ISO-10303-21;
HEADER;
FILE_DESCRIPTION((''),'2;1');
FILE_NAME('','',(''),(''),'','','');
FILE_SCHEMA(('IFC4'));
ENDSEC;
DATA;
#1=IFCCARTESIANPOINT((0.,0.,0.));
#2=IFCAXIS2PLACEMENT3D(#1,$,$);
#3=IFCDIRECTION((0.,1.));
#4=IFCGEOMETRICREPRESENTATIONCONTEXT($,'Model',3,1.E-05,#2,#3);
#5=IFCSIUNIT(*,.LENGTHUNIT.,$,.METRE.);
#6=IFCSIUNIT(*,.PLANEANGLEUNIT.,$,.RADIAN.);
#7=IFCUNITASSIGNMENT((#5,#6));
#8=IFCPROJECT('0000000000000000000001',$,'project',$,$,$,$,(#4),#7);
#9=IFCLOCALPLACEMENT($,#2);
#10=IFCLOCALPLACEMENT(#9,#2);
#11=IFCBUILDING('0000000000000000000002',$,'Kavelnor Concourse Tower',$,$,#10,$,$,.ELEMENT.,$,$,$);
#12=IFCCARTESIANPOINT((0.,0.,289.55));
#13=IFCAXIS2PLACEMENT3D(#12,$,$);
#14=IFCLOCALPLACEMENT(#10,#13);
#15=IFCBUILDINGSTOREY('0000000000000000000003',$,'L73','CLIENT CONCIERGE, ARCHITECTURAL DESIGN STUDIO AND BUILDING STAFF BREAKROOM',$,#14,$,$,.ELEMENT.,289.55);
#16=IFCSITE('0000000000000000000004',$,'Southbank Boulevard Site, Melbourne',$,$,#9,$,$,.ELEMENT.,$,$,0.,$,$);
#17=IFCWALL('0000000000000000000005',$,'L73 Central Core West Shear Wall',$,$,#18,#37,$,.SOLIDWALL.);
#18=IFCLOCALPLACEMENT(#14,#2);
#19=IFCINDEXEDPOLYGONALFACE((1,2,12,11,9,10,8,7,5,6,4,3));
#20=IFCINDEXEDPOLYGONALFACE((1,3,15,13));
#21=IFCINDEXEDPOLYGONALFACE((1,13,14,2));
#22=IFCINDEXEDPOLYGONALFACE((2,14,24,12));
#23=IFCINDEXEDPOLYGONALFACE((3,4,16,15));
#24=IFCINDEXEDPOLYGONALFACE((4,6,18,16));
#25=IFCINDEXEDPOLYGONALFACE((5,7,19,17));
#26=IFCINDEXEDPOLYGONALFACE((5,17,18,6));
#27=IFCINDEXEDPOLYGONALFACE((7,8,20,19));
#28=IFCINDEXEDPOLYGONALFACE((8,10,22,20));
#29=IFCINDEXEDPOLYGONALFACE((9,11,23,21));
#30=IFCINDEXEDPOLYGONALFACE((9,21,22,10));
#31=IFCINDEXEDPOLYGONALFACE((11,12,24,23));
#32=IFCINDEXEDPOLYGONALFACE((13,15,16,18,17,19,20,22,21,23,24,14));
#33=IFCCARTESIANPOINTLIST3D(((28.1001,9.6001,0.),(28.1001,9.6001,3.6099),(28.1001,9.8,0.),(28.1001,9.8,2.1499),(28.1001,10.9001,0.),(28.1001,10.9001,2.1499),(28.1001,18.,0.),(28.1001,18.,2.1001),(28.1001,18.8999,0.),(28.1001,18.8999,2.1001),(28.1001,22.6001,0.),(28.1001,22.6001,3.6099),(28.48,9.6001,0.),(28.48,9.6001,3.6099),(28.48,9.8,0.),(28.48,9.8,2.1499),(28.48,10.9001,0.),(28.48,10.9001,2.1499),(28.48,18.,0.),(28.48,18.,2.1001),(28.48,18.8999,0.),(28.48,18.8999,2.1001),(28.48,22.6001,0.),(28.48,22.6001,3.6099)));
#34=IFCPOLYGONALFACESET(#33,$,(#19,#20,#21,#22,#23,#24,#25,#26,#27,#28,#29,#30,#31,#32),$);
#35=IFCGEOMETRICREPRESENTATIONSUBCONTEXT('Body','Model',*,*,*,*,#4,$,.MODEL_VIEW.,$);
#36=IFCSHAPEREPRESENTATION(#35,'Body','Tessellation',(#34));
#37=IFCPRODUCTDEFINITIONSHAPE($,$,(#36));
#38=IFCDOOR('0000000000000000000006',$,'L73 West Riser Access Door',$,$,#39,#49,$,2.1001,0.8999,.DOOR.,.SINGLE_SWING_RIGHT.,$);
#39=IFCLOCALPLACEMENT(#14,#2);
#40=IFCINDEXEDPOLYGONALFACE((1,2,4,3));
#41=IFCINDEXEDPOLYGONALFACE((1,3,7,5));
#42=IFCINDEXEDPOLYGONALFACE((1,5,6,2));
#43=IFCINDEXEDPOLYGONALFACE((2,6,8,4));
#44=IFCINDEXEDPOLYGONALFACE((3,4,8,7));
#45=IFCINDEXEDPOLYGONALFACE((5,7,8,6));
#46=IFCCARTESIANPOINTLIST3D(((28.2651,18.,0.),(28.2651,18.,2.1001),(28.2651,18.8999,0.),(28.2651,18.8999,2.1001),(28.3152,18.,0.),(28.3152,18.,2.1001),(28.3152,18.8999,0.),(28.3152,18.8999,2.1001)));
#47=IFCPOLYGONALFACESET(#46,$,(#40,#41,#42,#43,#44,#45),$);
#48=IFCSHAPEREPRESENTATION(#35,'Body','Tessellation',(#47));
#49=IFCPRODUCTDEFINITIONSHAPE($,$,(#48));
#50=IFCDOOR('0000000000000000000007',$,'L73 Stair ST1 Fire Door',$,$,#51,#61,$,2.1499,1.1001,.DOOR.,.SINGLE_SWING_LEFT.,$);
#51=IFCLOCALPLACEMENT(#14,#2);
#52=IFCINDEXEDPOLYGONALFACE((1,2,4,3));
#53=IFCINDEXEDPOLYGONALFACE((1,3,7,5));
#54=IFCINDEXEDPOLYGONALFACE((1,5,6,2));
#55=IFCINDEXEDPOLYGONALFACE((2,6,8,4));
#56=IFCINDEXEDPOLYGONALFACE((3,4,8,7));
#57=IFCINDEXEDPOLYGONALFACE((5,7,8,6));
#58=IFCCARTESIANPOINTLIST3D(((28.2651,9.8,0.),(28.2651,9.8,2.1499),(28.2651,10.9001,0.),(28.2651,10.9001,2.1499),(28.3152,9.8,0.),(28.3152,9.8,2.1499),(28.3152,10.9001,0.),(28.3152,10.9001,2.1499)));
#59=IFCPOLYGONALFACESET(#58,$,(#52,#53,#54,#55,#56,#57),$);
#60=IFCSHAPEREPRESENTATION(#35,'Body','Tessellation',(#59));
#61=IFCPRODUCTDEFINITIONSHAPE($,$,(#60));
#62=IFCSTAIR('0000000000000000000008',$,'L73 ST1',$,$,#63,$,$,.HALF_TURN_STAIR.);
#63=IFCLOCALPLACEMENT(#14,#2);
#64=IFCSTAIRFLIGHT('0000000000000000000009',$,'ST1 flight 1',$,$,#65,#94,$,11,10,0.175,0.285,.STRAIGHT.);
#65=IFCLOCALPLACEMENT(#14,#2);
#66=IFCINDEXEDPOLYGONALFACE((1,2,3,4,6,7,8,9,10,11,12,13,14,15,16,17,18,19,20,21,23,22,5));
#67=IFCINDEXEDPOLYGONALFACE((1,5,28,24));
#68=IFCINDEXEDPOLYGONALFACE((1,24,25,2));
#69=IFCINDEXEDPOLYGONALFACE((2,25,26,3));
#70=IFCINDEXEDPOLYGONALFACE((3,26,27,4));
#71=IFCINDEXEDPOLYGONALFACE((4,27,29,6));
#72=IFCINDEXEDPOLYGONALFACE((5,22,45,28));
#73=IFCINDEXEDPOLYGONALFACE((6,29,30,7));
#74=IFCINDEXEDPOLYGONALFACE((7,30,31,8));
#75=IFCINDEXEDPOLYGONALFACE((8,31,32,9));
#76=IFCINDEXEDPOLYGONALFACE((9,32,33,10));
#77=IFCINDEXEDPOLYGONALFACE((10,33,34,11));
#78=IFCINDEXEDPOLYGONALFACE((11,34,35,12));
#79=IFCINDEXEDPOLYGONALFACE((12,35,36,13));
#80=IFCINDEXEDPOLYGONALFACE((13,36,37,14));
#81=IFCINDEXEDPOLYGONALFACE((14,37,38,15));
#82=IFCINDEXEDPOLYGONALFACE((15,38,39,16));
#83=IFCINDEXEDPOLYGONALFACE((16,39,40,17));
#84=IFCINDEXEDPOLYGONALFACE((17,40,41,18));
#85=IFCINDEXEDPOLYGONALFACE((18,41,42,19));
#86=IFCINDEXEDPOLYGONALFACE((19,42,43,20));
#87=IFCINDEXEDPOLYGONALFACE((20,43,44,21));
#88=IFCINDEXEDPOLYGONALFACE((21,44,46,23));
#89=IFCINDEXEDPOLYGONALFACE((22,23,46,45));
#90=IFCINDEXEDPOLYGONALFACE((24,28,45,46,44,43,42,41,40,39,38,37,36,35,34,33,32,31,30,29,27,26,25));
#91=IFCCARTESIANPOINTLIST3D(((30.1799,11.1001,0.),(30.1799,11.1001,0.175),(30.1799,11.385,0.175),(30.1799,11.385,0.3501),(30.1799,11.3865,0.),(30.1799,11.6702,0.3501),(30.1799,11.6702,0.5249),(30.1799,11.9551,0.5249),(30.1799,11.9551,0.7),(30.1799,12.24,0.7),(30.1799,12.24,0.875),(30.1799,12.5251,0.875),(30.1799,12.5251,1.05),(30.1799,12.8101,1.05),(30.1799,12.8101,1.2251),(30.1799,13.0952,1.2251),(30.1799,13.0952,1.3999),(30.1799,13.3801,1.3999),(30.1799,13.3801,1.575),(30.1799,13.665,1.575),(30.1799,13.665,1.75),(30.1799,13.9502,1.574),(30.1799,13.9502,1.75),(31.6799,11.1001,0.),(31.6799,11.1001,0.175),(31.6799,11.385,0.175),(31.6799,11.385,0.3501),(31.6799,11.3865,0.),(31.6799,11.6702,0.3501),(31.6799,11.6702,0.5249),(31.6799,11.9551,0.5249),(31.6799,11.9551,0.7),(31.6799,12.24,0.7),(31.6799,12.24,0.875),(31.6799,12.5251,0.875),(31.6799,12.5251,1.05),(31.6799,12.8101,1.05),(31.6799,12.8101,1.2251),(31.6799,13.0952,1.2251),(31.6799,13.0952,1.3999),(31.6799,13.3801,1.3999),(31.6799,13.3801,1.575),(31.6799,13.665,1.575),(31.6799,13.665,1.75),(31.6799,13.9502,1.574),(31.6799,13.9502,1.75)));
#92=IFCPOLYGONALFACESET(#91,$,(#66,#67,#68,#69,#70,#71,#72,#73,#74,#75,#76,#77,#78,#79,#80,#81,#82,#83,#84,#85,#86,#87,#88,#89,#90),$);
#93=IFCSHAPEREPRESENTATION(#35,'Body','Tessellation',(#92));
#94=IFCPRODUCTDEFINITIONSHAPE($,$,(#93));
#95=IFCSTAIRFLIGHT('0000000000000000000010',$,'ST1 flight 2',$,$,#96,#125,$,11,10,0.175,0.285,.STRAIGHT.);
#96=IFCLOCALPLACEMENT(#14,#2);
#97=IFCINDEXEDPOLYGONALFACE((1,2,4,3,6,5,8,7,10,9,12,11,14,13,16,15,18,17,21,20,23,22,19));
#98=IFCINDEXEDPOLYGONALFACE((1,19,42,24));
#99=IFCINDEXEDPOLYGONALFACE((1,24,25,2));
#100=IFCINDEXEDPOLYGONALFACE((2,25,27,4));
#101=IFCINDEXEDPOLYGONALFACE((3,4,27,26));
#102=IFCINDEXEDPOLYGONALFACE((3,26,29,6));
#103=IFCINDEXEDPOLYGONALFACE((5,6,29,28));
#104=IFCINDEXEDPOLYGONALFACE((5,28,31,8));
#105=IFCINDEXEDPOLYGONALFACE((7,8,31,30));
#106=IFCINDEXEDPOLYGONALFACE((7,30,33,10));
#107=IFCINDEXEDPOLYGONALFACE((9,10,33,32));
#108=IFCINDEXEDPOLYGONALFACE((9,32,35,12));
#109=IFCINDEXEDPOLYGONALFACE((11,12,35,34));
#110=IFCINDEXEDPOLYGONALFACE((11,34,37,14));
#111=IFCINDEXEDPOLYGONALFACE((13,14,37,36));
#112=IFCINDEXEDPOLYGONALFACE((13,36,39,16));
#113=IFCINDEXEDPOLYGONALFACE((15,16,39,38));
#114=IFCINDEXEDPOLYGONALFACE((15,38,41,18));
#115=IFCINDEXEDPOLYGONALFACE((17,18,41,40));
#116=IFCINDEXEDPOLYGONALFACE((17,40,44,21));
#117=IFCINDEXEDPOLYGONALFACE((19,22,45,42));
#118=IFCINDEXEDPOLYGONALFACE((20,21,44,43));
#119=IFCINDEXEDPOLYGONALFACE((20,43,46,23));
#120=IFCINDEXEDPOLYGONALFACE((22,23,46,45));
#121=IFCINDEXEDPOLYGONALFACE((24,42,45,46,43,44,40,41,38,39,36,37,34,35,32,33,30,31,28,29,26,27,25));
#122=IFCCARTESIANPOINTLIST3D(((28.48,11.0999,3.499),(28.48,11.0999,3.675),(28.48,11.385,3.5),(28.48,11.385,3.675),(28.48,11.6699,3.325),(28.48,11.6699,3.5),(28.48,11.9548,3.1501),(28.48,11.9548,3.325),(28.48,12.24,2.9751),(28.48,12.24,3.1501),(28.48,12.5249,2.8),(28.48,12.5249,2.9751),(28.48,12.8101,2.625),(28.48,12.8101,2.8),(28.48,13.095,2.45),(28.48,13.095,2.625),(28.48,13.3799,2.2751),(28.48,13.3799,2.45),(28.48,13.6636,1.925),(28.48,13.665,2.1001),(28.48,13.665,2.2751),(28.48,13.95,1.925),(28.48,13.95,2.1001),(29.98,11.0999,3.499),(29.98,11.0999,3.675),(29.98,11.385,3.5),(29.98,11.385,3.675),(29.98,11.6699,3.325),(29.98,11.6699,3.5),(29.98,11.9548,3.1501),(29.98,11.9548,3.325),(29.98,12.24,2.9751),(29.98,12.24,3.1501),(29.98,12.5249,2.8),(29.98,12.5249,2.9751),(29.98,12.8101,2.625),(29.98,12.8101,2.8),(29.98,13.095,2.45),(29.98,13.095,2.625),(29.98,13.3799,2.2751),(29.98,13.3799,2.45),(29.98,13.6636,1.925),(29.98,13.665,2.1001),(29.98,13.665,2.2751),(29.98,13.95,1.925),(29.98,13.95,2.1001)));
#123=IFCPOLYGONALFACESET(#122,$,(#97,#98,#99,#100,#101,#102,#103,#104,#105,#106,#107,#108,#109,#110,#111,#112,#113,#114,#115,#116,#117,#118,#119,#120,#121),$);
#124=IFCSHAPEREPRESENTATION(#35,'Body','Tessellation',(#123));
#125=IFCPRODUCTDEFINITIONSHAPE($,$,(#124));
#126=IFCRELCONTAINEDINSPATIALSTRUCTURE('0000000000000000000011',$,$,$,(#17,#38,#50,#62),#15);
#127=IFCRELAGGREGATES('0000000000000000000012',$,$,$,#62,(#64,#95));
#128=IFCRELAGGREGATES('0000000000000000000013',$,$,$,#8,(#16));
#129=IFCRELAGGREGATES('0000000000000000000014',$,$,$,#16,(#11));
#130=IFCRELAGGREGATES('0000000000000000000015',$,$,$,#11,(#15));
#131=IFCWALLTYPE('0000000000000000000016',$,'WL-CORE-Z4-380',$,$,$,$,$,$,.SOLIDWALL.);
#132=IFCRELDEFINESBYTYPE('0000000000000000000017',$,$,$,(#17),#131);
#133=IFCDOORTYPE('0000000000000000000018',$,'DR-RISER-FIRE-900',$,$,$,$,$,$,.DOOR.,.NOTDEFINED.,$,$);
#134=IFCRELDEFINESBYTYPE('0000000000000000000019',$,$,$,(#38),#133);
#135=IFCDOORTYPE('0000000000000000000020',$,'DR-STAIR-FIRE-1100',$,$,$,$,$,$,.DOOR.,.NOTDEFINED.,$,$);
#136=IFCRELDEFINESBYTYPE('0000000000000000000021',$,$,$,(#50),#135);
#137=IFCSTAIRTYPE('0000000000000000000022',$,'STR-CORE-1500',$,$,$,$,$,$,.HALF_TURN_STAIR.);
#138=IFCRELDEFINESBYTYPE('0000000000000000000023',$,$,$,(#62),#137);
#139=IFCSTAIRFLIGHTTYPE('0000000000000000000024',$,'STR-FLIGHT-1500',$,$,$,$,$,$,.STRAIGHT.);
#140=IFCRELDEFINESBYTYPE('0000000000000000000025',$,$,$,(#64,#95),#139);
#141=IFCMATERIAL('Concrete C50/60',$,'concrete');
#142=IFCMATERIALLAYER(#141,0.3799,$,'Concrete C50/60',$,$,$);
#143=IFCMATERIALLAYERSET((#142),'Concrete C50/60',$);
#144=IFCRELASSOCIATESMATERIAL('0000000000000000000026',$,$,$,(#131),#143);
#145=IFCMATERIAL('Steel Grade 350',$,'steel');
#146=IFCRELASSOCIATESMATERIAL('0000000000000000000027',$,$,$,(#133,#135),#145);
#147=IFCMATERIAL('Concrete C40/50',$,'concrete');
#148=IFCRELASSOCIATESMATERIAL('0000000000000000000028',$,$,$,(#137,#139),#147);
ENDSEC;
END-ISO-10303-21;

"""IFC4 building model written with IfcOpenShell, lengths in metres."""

from ifc_helpers import new_model, si_unit, direction, frame, frame_2d, origin, place, context, subcontext, project, spatial, polyline, rectangle, outline, extrude, material, layer, layer_set, type_object, element, fill, aggregate, save


model = new_model("IFC4")

# Units and contexts
model_context = context("Model", 3, precision=1e-05, world=origin(), true_north=direction((0.0, 1.0)))
body_context = subcontext(model_context, "Body", "Model", "MODEL_VIEW")
ifc_project = project(units=[si_unit("LENGTHUNIT", "METRE"), si_unit("PLANEANGLEUNIT", "RADIAN")], contexts=[model_context])

# Site, building, storey
site_placement = place(None, origin())
site = spatial("IfcSite", under=ifc_project, at=site_placement, Name="Southbank Boulevard Site, Melbourne", CompositionType="ELEMENT", RefElevation=0.0)
building_placement = place(site_placement, origin())
building = spatial("IfcBuilding", under=site, at=building_placement, Name="Kavelnor Concourse Tower", CompositionType="ELEMENT")
storey_placement = place(building_placement, frame((0.0, 0.0, 289.55)))
storey = spatial("IfcBuildingStorey", under=building, at=storey_placement, Name="L73", Description="CLIENT CONCIERGE, ARCHITECTURAL DESIGN STUDIO AND BUILDING STAFF BREAKROOM", CompositionType="ELEMENT", Elevation=289.55)

# Shared definitions
ifc_material_1 = material(Name="Steel Grade 350", Category="steel")

# Shared definitions
ifc_material_2 = material(Name="Concrete C50/60", Category="concrete")
ifc_layer_1 = layer(ifc_material_2, 0.3799, Name="Concrete C50/60")
ifc_layer_set_1 = layer_set([ifc_layer_1], Name="Concrete C50/60")
wall_type = type_object("IfcWallType", Name="WL-CORE-Z4-380", PredefinedType="SOLIDWALL", material=ifc_layer_set_1)

# Wall, openings, doors
wall_1_placement = place(storey_placement, frame((28.29, 9.6001, 0.0), z_axis=(0.0, 0.0, 1.0), x_axis=(0.0, 1.0, 0.0)))
wall_1 = element("IfcWall", 1, at=wall_1_placement, inside=storey, type_object=wall_type, Name="L73 Central Core West Shear Wall", PredefinedType="SOLIDWALL", context=body_context, shape_type="SweptSolid", body=[
    extrude(rectangle(XDim=13.0, YDim=0.3799, at=frame_2d((6.5, 0.0))), origin(), (0.0, 0.0, 1.0), 3.6099),
])
opening_1_placement = place(wall_1_placement, frame((0.2, 0.0, 0.0)))
opening_1 = element("IfcOpeningElement", 2, at=opening_1_placement, cuts=wall_1, PredefinedType="OPENING", context=body_context, shape_type="SweptSolid", body=[
    extrude(rectangle(XDim=1.1001, YDim=2.1499, at=frame_2d((0.55, 1.075))), frame((0.0, 0.2, 0.0), z_axis=(0.0, -1.0, 0.0), x_axis=(1.0, 0.0, 0.0)), (0.0, 0.0, 1.0), 0.3999),
])
opening_2_placement = place(wall_1_placement, frame((8.3999, 0.0, 0.0)))
opening_2 = element("IfcOpeningElement", 3, at=opening_2_placement, cuts=wall_1, PredefinedType="OPENING", context=body_context, shape_type="SweptSolid", body=[
    extrude(rectangle(XDim=0.8999, YDim=2.1001, at=frame_2d((0.45, 1.05))), frame((0.0, 0.2, 0.0), z_axis=(0.0, -1.0, 0.0), x_axis=(1.0, 0.0, 0.0)), (0.0, 0.0, 1.0), 0.3999),
])
door_type_1 = type_object("IfcDoorType", Name="DR-RISER-FIRE-900", OperationType="NOTDEFINED", PredefinedType="DOOR", material=ifc_material_1)
door_1_placement = place(opening_2_placement, origin())
door_1 = element("IfcDoor", 4, at=door_1_placement, inside=storey, type_object=door_type_1, Name="L73 West Riser Access Door", OperationType="SINGLE_SWING_RIGHT", OverallHeight=2.1001, OverallWidth=0.8999, PredefinedType="DOOR", context=body_context, shape_type="SweptSolid", body=[
    extrude(rectangle(XDim=0.8999, YDim=2.1001, at=frame_2d((0.45, 1.05))), frame((0.0, 0.0249, 0.0), z_axis=(0.0, -1.0, 0.0), x_axis=(1.0, 0.0, 0.0)), (0.0, 0.0, 1.0), 0.05),
])
fill(opening_2, door_1)
door_type_2 = type_object("IfcDoorType", Name="DR-STAIR-FIRE-1100", OperationType="NOTDEFINED", PredefinedType="DOOR", material=ifc_material_1)
door_2_placement = place(opening_1_placement, origin())
door_2 = element("IfcDoor", 5, at=door_2_placement, inside=storey, type_object=door_type_2, Name="L73 Stair ST1 Fire Door", OperationType="SINGLE_SWING_LEFT", OverallHeight=2.1499, OverallWidth=1.1001, PredefinedType="DOOR", context=body_context, shape_type="SweptSolid", body=[
    extrude(rectangle(XDim=1.1001, YDim=2.1499, at=frame_2d((0.55, 1.075))), frame((0.0, 0.0249, 0.0), z_axis=(0.0, -1.0, 0.0), x_axis=(1.0, 0.0, 0.0)), (0.0, 0.0, 1.0), 0.05),
])
fill(opening_1, door_2)

# Stair, stair flights
ifc_material_3 = material(Name="Concrete C40/50", Category="concrete")
stair_type = type_object("IfcStairType", Name="STR-CORE-1500", PredefinedType="HALF_TURN_STAIR", material=ifc_material_3)
stair_placement = place(storey_placement, origin())
stair = element("IfcStair", 6, at=stair_placement, inside=storey, type_object=stair_type, Name="L73 ST1", PredefinedType="HALF_TURN_STAIR")
stair_flight_type = type_object("IfcStairFlightType", Name="STR-FLIGHT-1500", PredefinedType="STRAIGHT", material=ifc_material_3)
stair_flight_1_placement = place(storey_placement, frame((30.9299, 11.1001, 0.0), z_axis=(0.0, 0.0, 1.0), x_axis=(0.0, 1.0, 0.0)))
stair_flight_1 = element("IfcStairFlight", 7, at=stair_flight_1_placement, type_object=stair_flight_type, Name="ST1 flight 1", NumberOfRisers=11, NumberOfTreads=10, PredefinedType="STRAIGHT", RiserHeight=0.175, TreadLength=0.285, context=body_context, shape_type="SweptSolid", body=[
    extrude(outline(polyline([(0.0, 0.0), (0.0, 0.175), (0.2849, 0.175), (0.2849, 0.3501), (0.5701, 0.3501), (0.5701, 0.5249), (0.855, 0.5249), (0.855, 0.7), (1.1399, 0.7), (1.1399, 0.875), (1.425, 0.875), (1.425, 1.05), (1.71, 1.05), (1.71, 1.2251), (1.9951, 1.2251), (1.9951, 1.3999), (2.28, 1.3999), (2.28, 1.575), (2.5649, 1.575), (2.5649, 1.75), (2.8501, 1.75), (2.8501, 1.925), (2.8501, 1.574), (0.2864, 0.0), (0.0, 0.0)])), frame((0.0, 0.75, 0.0), z_axis=(0.0, -1.0, 0.0), x_axis=(1.0, 0.0, 0.0)), (0.0, 0.0, 1.0), 1.5),
])
stair_flight_2_placement = place(storey_placement, frame((29.23, 13.95, 1.925), z_axis=(0.0, 0.0, 1.0), x_axis=(0.0, -1.0, 0.0)))
stair_flight_2 = element("IfcStairFlight", 8, at=stair_flight_2_placement, type_object=stair_flight_type, Name="ST1 flight 2", NumberOfRisers=11, NumberOfTreads=10, PredefinedType="STRAIGHT", RiserHeight=0.175, TreadLength=0.285, context=body_context, shape_type="SweptSolid", body=[
    extrude(outline(polyline([(0.0, 0.0), (0.0, 0.175), (0.2849, 0.175), (0.2849, 0.3501), (0.5701, 0.3501), (0.5701, 0.5249), (0.855, 0.5249), (0.855, 0.7), (1.1399, 0.7), (1.1399, 0.875), (1.425, 0.875), (1.425, 1.05), (1.71, 1.05), (1.71, 1.2251), (1.9951, 1.2251), (1.9951, 1.3999), (2.28, 1.3999), (2.28, 1.575), (2.5649, 1.575), (2.5649, 1.75), (2.8501, 1.75), (2.8501, 1.925), (2.8501, 1.574), (0.2864, 0.0), (0.0, 0.0)])), frame((0.0, 0.75, 0.0), z_axis=(0.0, -1.0, 0.0), x_axis=(1.0, 0.0, 0.0)), (0.0, 0.0, 1.0), 1.5),
])
aggregate(stair, [stair_flight_1, stair_flight_2])

save(model, "model.ifc")
